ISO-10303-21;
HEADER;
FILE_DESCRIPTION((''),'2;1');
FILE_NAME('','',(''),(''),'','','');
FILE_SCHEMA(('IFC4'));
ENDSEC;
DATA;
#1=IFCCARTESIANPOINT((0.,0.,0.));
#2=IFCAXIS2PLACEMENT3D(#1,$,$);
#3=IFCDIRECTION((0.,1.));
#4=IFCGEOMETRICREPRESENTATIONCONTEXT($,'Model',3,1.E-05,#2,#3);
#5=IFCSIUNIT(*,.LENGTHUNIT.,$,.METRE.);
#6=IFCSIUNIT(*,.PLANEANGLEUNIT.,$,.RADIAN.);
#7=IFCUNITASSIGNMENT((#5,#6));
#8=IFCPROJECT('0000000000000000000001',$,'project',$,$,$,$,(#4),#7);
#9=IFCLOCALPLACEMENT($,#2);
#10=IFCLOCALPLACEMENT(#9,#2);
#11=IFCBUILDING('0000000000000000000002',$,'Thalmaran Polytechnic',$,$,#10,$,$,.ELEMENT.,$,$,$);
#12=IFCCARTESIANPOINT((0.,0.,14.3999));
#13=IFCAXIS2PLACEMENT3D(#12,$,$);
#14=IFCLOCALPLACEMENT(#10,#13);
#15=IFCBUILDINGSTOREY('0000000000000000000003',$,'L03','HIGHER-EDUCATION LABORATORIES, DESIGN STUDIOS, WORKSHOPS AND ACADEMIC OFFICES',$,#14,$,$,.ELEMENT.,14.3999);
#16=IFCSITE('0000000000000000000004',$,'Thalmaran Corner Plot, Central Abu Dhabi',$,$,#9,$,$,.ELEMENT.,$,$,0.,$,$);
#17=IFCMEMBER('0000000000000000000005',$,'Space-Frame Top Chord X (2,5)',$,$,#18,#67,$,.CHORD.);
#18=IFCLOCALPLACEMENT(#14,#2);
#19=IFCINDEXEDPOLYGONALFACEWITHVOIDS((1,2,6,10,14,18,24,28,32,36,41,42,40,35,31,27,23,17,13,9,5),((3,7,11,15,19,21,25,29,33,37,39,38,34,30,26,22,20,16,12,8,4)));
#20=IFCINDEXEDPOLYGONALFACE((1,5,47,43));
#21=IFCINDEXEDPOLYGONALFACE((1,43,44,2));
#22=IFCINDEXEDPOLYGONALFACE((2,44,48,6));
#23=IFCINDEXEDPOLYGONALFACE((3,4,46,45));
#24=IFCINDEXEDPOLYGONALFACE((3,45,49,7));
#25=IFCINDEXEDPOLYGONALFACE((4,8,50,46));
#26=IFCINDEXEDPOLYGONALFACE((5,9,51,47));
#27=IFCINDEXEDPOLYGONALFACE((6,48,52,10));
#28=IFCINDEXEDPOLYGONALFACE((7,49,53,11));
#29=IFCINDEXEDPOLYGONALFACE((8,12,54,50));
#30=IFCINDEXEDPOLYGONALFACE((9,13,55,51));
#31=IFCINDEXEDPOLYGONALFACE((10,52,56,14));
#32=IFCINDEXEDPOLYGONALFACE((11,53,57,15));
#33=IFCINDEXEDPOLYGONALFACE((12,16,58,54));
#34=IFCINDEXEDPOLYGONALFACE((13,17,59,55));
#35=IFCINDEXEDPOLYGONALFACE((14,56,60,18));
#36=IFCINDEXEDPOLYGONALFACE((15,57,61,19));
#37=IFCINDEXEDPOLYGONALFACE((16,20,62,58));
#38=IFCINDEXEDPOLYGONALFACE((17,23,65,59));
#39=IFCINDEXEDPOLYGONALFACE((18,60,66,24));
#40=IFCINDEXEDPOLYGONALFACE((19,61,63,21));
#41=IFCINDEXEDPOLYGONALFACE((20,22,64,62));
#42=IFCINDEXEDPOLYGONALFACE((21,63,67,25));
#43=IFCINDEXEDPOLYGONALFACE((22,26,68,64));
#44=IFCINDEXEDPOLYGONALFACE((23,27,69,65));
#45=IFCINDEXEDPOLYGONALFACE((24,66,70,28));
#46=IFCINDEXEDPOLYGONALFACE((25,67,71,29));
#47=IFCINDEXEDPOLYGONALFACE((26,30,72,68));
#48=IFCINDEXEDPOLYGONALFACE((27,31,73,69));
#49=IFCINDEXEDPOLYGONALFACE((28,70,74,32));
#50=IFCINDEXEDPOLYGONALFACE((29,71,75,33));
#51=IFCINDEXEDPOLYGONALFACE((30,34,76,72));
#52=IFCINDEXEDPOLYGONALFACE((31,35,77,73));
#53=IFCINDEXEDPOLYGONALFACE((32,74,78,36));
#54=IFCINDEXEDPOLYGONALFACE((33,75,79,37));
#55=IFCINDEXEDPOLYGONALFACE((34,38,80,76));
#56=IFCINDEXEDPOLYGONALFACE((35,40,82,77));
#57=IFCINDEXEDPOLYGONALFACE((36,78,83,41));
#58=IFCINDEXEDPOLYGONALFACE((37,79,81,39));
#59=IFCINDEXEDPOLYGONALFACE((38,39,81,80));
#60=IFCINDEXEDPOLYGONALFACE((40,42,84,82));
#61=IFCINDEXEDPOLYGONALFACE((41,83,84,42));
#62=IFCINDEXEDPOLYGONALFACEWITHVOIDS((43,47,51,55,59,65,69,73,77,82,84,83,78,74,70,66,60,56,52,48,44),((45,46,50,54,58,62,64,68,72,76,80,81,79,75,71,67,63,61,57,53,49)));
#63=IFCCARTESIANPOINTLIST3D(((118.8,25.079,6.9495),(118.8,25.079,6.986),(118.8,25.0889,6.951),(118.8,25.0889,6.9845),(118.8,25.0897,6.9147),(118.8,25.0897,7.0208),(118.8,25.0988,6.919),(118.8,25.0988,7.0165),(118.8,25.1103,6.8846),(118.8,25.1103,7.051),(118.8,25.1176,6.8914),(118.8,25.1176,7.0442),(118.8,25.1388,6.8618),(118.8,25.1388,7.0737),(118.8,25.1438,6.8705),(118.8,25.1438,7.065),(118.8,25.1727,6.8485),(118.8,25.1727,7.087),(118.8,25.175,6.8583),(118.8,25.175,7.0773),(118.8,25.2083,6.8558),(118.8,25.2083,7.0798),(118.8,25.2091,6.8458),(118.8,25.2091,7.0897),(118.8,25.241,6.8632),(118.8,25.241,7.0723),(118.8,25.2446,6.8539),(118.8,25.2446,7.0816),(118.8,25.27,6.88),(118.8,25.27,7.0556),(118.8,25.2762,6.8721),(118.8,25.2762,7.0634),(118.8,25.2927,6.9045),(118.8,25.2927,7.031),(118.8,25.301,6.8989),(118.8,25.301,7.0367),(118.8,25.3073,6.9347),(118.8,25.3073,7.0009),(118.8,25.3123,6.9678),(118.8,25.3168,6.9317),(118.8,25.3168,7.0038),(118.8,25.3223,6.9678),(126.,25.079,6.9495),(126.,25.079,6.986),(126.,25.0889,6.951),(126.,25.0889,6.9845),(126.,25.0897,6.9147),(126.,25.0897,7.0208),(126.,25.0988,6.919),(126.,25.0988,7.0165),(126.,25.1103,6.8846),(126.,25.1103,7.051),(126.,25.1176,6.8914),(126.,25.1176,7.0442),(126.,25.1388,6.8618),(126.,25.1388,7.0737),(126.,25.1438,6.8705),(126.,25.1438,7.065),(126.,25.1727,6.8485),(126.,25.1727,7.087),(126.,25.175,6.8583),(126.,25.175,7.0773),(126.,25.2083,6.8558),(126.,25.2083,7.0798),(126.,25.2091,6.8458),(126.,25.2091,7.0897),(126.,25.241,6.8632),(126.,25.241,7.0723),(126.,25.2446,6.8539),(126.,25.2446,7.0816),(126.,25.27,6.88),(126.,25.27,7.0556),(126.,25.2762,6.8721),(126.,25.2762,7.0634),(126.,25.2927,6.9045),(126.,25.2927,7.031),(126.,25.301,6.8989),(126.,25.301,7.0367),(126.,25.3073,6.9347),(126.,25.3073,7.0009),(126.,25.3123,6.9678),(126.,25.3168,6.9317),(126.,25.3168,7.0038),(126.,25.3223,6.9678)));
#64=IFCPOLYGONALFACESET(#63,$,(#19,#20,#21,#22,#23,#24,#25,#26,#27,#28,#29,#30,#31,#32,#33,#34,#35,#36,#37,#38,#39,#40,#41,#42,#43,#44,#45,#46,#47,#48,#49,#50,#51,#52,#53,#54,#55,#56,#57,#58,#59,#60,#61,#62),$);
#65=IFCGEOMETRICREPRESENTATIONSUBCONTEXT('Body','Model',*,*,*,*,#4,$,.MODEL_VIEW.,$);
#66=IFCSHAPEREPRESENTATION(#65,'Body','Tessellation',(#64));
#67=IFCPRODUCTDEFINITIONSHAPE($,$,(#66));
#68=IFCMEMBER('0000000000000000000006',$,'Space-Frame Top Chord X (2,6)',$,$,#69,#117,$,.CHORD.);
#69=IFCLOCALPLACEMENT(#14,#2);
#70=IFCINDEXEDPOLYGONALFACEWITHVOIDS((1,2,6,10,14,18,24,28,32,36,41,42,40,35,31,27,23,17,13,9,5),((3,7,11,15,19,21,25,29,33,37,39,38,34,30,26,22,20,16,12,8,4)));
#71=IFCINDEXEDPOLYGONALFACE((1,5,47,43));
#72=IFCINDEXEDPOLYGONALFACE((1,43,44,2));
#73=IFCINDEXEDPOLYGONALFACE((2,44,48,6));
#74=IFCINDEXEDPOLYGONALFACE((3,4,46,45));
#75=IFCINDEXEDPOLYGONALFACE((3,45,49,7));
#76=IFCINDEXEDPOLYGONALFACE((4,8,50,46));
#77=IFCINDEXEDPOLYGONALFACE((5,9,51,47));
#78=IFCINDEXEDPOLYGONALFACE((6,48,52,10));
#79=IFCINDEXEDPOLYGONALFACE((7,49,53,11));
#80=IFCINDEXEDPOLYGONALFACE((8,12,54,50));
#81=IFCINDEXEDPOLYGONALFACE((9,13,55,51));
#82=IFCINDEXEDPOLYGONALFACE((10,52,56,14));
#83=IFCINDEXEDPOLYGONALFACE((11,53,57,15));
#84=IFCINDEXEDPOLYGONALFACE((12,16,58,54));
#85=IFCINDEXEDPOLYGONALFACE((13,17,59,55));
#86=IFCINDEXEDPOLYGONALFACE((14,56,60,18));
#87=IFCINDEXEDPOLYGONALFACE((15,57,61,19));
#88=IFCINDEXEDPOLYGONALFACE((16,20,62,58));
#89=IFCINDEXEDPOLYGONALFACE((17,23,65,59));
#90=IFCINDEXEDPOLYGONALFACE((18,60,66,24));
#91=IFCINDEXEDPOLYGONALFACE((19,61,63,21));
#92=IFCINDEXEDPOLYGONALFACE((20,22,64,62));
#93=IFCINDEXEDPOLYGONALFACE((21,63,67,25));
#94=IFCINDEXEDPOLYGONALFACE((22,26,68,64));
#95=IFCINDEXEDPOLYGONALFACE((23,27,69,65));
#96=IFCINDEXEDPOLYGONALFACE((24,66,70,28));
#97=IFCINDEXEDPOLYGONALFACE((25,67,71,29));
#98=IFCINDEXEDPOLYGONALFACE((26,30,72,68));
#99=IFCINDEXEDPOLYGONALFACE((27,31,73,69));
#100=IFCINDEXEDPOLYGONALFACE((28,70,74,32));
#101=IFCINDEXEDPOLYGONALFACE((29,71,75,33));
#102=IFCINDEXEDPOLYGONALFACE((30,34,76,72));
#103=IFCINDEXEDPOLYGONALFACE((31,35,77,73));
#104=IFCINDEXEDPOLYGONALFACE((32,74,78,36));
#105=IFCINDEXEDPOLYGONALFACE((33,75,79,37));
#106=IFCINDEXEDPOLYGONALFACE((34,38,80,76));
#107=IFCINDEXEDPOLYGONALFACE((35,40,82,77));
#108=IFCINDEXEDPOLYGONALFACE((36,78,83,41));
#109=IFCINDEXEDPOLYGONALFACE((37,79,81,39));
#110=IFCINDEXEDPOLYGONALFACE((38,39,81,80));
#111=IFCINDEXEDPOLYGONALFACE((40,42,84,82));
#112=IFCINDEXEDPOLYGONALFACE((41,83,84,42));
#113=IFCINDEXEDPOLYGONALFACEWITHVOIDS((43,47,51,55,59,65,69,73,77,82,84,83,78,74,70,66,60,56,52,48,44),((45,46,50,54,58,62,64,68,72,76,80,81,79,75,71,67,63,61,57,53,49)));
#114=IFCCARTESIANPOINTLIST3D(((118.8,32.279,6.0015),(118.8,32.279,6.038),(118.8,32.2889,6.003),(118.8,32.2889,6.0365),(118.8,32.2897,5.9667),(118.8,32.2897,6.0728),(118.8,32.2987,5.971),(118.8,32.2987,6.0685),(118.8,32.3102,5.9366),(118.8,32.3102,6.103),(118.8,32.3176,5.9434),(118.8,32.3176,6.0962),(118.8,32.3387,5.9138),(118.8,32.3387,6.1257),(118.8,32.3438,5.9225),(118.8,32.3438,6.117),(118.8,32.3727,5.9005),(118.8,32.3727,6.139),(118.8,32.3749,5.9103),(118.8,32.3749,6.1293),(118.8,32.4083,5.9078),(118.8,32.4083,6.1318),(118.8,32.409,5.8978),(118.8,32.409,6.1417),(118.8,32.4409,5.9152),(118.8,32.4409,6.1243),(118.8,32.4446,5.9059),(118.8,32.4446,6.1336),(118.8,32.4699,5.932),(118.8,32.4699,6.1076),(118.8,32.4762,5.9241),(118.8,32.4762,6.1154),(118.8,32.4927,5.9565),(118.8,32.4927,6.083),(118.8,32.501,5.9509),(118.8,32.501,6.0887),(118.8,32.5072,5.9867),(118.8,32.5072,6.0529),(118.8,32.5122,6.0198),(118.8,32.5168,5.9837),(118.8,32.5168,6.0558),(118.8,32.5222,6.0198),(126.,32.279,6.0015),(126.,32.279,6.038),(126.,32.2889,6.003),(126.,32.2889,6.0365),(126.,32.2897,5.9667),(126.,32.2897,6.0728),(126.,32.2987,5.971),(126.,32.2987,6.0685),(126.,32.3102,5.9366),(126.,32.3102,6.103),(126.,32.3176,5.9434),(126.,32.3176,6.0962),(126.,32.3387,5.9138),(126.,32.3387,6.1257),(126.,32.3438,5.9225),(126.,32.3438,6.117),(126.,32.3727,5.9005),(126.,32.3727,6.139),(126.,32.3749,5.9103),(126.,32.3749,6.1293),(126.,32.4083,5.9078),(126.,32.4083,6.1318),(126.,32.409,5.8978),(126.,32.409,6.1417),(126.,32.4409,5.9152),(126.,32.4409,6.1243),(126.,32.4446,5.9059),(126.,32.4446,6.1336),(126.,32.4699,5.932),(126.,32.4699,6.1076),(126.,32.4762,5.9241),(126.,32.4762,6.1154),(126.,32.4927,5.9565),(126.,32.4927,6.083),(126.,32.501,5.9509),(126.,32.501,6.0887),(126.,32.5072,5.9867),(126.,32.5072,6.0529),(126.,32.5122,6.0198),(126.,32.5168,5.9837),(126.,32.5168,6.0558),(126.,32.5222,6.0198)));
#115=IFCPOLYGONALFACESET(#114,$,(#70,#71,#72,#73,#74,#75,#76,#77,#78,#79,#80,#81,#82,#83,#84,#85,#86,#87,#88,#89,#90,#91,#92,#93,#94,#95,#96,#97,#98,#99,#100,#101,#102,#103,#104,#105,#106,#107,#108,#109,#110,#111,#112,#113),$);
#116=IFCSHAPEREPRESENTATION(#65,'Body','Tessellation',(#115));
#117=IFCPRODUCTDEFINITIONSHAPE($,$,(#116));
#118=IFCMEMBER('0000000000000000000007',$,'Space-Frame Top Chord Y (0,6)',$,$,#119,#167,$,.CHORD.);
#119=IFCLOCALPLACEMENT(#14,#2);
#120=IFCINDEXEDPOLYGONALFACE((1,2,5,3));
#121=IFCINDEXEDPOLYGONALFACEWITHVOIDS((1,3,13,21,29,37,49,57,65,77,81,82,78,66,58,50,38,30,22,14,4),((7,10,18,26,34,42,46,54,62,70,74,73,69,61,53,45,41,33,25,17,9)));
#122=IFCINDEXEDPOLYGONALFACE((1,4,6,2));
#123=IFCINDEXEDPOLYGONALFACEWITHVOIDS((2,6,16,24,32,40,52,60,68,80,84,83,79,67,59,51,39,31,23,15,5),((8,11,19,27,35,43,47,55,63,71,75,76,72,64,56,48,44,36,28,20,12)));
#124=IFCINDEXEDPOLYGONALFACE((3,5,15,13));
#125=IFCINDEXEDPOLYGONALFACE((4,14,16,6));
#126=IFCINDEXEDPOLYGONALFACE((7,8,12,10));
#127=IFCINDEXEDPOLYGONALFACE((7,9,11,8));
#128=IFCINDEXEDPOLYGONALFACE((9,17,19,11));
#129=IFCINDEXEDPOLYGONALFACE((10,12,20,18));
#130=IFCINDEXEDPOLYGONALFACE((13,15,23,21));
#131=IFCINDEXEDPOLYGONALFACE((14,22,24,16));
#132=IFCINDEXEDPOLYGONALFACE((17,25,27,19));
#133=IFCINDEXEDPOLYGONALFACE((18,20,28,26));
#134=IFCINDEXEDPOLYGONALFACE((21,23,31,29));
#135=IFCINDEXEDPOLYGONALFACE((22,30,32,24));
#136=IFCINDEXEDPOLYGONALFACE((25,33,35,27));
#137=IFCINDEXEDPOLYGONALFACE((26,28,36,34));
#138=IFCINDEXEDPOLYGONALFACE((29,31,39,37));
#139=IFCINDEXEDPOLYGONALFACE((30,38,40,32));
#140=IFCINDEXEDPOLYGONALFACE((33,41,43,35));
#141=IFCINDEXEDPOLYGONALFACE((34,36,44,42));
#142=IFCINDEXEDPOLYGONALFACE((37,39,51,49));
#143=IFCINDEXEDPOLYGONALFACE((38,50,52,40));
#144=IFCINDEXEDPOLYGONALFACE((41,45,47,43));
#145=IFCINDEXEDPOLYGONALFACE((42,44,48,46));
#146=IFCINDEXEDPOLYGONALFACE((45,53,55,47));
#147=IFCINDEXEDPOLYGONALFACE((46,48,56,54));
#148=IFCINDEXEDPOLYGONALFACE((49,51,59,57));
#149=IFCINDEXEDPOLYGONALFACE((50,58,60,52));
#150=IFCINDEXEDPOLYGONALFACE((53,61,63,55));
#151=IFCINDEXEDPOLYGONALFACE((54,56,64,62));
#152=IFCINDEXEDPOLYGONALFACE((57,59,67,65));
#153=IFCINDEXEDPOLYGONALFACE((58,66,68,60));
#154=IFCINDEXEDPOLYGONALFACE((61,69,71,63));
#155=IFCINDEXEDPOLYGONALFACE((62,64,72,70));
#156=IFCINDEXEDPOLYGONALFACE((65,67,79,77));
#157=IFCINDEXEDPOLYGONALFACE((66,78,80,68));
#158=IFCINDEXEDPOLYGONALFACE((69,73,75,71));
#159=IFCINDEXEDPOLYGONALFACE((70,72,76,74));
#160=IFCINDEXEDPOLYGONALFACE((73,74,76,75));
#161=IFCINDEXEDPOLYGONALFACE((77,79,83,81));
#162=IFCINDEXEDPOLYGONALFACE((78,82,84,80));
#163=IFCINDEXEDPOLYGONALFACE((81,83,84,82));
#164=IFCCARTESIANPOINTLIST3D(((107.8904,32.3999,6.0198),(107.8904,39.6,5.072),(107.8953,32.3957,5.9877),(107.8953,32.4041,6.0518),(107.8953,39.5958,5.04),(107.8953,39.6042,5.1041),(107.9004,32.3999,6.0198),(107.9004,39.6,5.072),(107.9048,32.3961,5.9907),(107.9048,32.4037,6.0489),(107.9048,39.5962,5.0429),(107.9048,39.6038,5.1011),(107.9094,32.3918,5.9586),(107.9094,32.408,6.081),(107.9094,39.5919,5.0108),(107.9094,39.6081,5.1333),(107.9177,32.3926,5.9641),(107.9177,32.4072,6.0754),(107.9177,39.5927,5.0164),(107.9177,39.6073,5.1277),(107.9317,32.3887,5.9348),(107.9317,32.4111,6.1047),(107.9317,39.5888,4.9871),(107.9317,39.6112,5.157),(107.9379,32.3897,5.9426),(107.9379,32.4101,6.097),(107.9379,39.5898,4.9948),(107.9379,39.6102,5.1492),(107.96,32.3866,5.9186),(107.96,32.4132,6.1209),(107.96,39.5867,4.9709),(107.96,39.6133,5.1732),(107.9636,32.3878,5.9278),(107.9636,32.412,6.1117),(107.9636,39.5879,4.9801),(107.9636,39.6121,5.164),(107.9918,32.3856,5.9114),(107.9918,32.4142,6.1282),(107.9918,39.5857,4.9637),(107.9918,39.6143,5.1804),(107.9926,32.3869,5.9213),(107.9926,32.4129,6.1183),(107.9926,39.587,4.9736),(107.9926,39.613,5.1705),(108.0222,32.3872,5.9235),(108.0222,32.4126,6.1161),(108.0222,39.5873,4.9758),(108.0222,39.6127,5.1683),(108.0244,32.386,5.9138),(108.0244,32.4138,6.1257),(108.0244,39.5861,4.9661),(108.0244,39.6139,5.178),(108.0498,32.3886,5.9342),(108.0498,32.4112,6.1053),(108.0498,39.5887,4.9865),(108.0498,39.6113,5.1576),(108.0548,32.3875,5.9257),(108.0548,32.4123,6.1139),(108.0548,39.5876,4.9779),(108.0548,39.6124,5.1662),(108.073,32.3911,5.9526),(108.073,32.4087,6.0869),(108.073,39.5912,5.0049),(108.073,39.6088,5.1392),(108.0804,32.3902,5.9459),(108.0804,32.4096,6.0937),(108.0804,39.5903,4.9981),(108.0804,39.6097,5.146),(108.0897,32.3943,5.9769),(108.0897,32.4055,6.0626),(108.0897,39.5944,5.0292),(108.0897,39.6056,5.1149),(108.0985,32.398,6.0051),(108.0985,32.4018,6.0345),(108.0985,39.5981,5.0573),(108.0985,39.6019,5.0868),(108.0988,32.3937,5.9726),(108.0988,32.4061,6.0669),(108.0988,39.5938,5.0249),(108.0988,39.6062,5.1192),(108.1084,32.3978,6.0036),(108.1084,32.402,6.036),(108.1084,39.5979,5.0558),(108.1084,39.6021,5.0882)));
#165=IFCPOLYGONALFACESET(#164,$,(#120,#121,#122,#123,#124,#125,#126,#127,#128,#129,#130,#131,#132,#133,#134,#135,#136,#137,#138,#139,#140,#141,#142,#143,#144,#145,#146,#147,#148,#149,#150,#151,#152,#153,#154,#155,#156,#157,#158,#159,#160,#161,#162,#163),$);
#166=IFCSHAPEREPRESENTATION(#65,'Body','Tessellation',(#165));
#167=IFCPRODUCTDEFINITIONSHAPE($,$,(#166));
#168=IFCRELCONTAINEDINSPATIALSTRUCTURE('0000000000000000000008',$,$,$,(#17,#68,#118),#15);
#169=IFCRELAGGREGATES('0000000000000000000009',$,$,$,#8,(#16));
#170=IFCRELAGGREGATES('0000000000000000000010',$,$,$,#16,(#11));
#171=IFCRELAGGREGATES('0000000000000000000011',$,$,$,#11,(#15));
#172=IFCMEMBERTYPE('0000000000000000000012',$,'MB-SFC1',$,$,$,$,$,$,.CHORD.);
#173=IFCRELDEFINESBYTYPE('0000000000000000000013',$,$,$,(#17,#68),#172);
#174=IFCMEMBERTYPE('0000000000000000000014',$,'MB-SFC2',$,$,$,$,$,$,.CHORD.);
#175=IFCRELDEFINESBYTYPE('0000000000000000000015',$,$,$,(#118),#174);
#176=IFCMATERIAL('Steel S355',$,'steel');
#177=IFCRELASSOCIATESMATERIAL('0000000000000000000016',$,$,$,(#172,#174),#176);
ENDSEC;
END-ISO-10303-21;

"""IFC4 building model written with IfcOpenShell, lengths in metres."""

from ifc_helpers import new_model, si_unit, direction, frame, origin, origin_2d, place, context, subcontext, project, spatial, hollow_circle, extrude, material, material_profile, profile_set, type_object, element, save


model = new_model("IFC4")

# Units and contexts
model_context = context("Model", 3, precision=1e-05, world=origin(), true_north=direction((0.0, 1.0)))
body_context = subcontext(model_context, "Body", "Model", "MODEL_VIEW")
ifc_project = project(units=[si_unit("LENGTHUNIT", "METRE"), si_unit("PLANEANGLEUNIT", "RADIAN")], contexts=[model_context])

# Site, building, storey
site_placement = place(None, origin())
site = spatial("IfcSite", under=ifc_project, at=site_placement, Name="Thalmaran Corner Plot, Central Abu Dhabi", CompositionType="ELEMENT", RefElevation=0.0)
building_placement = place(site_placement, origin())
building = spatial("IfcBuilding", under=site, at=building_placement, Name="Thalmaran Polytechnic", CompositionType="ELEMENT")
storey_placement = place(building_placement, frame((0.0, 0.0, 14.3999)))
storey = spatial("IfcBuildingStorey", under=building, at=storey_placement, Name="L03", Description="HIGHER-EDUCATION LABORATORIES, DESIGN STUDIOS, WORKSHOPS AND ACADEMIC OFFICES", CompositionType="ELEMENT", Elevation=14.3999)

# Shared definitions
ifc_material_1 = material(Name="Steel S355", Category="steel")

# Members
ifc_material_profile_1 = material_profile(ifc_material_1, hollow_circle(Radius=0.1223, WallThickness=0.01, at=origin_2d()), Name="CHS 244.5x10.0")
ifc_profile_set_1 = profile_set([ifc_material_profile_1], Name="Steel S355")
member_type_1 = type_object("IfcMemberType", Name="MB-SFC1", PredefinedType="CHORD", material=ifc_profile_set_1)
for number, where, z_axis, x_axis, name in (
    (1, (118.8, 25.2, 6.9678), (1.0, 0.0, 0.0), (0.0, 1.0, 0.0), "Space-Frame Top Chord X (2,5)"),
    (2, (118.8, 32.3999, 6.0198), (1.0, 0.0, 0.0), (0.0, 1.0, 0.0), "Space-Frame Top Chord X (2,6)"),
):
    element("IfcMember", number, at=place(storey_placement, frame(where, z_axis=z_axis, x_axis=x_axis)), inside=storey, type_object=member_type_1, Name=name, PredefinedType="CHORD", context=body_context, shape_type="SweptSolid", body=[
        extrude(hollow_circle(Radius=0.1223, WallThickness=0.01, at=origin_2d()), origin(), (0.0, 0.0, 1.0), 7.2),
    ])
ifc_material_profile_2 = material_profile(ifc_material_1, hollow_circle(Radius=0.1096, WallThickness=0.01, at=origin_2d()), Name="CHS 219.1x10.0")
ifc_profile_set_2 = profile_set([ifc_material_profile_2], Name="Steel S355")
member_type_2 = type_object("IfcMemberType", Name="MB-SFC2", PredefinedType="CHORD", material=ifc_profile_set_2)
for number, where, z_axis, x_axis, name in (
    (3, (108.0, 32.3999, 6.0198), (0.0, 0.991448, -0.130503), (-1.0, 0.0, 0.0), "Space-Frame Top Chord Y (0,6)"),
):
    element("IfcMember", number, at=place(storey_placement, frame(where, z_axis=z_axis, x_axis=x_axis)), inside=storey, type_object=member_type_2, Name=name, PredefinedType="CHORD", context=body_context, shape_type="SweptSolid", body=[
        extrude(hollow_circle(Radius=0.1096, WallThickness=0.01, at=origin_2d()), origin(), (0.0, 0.0, 1.0), 7.2622),
    ])

save(model, "model.ifc")
